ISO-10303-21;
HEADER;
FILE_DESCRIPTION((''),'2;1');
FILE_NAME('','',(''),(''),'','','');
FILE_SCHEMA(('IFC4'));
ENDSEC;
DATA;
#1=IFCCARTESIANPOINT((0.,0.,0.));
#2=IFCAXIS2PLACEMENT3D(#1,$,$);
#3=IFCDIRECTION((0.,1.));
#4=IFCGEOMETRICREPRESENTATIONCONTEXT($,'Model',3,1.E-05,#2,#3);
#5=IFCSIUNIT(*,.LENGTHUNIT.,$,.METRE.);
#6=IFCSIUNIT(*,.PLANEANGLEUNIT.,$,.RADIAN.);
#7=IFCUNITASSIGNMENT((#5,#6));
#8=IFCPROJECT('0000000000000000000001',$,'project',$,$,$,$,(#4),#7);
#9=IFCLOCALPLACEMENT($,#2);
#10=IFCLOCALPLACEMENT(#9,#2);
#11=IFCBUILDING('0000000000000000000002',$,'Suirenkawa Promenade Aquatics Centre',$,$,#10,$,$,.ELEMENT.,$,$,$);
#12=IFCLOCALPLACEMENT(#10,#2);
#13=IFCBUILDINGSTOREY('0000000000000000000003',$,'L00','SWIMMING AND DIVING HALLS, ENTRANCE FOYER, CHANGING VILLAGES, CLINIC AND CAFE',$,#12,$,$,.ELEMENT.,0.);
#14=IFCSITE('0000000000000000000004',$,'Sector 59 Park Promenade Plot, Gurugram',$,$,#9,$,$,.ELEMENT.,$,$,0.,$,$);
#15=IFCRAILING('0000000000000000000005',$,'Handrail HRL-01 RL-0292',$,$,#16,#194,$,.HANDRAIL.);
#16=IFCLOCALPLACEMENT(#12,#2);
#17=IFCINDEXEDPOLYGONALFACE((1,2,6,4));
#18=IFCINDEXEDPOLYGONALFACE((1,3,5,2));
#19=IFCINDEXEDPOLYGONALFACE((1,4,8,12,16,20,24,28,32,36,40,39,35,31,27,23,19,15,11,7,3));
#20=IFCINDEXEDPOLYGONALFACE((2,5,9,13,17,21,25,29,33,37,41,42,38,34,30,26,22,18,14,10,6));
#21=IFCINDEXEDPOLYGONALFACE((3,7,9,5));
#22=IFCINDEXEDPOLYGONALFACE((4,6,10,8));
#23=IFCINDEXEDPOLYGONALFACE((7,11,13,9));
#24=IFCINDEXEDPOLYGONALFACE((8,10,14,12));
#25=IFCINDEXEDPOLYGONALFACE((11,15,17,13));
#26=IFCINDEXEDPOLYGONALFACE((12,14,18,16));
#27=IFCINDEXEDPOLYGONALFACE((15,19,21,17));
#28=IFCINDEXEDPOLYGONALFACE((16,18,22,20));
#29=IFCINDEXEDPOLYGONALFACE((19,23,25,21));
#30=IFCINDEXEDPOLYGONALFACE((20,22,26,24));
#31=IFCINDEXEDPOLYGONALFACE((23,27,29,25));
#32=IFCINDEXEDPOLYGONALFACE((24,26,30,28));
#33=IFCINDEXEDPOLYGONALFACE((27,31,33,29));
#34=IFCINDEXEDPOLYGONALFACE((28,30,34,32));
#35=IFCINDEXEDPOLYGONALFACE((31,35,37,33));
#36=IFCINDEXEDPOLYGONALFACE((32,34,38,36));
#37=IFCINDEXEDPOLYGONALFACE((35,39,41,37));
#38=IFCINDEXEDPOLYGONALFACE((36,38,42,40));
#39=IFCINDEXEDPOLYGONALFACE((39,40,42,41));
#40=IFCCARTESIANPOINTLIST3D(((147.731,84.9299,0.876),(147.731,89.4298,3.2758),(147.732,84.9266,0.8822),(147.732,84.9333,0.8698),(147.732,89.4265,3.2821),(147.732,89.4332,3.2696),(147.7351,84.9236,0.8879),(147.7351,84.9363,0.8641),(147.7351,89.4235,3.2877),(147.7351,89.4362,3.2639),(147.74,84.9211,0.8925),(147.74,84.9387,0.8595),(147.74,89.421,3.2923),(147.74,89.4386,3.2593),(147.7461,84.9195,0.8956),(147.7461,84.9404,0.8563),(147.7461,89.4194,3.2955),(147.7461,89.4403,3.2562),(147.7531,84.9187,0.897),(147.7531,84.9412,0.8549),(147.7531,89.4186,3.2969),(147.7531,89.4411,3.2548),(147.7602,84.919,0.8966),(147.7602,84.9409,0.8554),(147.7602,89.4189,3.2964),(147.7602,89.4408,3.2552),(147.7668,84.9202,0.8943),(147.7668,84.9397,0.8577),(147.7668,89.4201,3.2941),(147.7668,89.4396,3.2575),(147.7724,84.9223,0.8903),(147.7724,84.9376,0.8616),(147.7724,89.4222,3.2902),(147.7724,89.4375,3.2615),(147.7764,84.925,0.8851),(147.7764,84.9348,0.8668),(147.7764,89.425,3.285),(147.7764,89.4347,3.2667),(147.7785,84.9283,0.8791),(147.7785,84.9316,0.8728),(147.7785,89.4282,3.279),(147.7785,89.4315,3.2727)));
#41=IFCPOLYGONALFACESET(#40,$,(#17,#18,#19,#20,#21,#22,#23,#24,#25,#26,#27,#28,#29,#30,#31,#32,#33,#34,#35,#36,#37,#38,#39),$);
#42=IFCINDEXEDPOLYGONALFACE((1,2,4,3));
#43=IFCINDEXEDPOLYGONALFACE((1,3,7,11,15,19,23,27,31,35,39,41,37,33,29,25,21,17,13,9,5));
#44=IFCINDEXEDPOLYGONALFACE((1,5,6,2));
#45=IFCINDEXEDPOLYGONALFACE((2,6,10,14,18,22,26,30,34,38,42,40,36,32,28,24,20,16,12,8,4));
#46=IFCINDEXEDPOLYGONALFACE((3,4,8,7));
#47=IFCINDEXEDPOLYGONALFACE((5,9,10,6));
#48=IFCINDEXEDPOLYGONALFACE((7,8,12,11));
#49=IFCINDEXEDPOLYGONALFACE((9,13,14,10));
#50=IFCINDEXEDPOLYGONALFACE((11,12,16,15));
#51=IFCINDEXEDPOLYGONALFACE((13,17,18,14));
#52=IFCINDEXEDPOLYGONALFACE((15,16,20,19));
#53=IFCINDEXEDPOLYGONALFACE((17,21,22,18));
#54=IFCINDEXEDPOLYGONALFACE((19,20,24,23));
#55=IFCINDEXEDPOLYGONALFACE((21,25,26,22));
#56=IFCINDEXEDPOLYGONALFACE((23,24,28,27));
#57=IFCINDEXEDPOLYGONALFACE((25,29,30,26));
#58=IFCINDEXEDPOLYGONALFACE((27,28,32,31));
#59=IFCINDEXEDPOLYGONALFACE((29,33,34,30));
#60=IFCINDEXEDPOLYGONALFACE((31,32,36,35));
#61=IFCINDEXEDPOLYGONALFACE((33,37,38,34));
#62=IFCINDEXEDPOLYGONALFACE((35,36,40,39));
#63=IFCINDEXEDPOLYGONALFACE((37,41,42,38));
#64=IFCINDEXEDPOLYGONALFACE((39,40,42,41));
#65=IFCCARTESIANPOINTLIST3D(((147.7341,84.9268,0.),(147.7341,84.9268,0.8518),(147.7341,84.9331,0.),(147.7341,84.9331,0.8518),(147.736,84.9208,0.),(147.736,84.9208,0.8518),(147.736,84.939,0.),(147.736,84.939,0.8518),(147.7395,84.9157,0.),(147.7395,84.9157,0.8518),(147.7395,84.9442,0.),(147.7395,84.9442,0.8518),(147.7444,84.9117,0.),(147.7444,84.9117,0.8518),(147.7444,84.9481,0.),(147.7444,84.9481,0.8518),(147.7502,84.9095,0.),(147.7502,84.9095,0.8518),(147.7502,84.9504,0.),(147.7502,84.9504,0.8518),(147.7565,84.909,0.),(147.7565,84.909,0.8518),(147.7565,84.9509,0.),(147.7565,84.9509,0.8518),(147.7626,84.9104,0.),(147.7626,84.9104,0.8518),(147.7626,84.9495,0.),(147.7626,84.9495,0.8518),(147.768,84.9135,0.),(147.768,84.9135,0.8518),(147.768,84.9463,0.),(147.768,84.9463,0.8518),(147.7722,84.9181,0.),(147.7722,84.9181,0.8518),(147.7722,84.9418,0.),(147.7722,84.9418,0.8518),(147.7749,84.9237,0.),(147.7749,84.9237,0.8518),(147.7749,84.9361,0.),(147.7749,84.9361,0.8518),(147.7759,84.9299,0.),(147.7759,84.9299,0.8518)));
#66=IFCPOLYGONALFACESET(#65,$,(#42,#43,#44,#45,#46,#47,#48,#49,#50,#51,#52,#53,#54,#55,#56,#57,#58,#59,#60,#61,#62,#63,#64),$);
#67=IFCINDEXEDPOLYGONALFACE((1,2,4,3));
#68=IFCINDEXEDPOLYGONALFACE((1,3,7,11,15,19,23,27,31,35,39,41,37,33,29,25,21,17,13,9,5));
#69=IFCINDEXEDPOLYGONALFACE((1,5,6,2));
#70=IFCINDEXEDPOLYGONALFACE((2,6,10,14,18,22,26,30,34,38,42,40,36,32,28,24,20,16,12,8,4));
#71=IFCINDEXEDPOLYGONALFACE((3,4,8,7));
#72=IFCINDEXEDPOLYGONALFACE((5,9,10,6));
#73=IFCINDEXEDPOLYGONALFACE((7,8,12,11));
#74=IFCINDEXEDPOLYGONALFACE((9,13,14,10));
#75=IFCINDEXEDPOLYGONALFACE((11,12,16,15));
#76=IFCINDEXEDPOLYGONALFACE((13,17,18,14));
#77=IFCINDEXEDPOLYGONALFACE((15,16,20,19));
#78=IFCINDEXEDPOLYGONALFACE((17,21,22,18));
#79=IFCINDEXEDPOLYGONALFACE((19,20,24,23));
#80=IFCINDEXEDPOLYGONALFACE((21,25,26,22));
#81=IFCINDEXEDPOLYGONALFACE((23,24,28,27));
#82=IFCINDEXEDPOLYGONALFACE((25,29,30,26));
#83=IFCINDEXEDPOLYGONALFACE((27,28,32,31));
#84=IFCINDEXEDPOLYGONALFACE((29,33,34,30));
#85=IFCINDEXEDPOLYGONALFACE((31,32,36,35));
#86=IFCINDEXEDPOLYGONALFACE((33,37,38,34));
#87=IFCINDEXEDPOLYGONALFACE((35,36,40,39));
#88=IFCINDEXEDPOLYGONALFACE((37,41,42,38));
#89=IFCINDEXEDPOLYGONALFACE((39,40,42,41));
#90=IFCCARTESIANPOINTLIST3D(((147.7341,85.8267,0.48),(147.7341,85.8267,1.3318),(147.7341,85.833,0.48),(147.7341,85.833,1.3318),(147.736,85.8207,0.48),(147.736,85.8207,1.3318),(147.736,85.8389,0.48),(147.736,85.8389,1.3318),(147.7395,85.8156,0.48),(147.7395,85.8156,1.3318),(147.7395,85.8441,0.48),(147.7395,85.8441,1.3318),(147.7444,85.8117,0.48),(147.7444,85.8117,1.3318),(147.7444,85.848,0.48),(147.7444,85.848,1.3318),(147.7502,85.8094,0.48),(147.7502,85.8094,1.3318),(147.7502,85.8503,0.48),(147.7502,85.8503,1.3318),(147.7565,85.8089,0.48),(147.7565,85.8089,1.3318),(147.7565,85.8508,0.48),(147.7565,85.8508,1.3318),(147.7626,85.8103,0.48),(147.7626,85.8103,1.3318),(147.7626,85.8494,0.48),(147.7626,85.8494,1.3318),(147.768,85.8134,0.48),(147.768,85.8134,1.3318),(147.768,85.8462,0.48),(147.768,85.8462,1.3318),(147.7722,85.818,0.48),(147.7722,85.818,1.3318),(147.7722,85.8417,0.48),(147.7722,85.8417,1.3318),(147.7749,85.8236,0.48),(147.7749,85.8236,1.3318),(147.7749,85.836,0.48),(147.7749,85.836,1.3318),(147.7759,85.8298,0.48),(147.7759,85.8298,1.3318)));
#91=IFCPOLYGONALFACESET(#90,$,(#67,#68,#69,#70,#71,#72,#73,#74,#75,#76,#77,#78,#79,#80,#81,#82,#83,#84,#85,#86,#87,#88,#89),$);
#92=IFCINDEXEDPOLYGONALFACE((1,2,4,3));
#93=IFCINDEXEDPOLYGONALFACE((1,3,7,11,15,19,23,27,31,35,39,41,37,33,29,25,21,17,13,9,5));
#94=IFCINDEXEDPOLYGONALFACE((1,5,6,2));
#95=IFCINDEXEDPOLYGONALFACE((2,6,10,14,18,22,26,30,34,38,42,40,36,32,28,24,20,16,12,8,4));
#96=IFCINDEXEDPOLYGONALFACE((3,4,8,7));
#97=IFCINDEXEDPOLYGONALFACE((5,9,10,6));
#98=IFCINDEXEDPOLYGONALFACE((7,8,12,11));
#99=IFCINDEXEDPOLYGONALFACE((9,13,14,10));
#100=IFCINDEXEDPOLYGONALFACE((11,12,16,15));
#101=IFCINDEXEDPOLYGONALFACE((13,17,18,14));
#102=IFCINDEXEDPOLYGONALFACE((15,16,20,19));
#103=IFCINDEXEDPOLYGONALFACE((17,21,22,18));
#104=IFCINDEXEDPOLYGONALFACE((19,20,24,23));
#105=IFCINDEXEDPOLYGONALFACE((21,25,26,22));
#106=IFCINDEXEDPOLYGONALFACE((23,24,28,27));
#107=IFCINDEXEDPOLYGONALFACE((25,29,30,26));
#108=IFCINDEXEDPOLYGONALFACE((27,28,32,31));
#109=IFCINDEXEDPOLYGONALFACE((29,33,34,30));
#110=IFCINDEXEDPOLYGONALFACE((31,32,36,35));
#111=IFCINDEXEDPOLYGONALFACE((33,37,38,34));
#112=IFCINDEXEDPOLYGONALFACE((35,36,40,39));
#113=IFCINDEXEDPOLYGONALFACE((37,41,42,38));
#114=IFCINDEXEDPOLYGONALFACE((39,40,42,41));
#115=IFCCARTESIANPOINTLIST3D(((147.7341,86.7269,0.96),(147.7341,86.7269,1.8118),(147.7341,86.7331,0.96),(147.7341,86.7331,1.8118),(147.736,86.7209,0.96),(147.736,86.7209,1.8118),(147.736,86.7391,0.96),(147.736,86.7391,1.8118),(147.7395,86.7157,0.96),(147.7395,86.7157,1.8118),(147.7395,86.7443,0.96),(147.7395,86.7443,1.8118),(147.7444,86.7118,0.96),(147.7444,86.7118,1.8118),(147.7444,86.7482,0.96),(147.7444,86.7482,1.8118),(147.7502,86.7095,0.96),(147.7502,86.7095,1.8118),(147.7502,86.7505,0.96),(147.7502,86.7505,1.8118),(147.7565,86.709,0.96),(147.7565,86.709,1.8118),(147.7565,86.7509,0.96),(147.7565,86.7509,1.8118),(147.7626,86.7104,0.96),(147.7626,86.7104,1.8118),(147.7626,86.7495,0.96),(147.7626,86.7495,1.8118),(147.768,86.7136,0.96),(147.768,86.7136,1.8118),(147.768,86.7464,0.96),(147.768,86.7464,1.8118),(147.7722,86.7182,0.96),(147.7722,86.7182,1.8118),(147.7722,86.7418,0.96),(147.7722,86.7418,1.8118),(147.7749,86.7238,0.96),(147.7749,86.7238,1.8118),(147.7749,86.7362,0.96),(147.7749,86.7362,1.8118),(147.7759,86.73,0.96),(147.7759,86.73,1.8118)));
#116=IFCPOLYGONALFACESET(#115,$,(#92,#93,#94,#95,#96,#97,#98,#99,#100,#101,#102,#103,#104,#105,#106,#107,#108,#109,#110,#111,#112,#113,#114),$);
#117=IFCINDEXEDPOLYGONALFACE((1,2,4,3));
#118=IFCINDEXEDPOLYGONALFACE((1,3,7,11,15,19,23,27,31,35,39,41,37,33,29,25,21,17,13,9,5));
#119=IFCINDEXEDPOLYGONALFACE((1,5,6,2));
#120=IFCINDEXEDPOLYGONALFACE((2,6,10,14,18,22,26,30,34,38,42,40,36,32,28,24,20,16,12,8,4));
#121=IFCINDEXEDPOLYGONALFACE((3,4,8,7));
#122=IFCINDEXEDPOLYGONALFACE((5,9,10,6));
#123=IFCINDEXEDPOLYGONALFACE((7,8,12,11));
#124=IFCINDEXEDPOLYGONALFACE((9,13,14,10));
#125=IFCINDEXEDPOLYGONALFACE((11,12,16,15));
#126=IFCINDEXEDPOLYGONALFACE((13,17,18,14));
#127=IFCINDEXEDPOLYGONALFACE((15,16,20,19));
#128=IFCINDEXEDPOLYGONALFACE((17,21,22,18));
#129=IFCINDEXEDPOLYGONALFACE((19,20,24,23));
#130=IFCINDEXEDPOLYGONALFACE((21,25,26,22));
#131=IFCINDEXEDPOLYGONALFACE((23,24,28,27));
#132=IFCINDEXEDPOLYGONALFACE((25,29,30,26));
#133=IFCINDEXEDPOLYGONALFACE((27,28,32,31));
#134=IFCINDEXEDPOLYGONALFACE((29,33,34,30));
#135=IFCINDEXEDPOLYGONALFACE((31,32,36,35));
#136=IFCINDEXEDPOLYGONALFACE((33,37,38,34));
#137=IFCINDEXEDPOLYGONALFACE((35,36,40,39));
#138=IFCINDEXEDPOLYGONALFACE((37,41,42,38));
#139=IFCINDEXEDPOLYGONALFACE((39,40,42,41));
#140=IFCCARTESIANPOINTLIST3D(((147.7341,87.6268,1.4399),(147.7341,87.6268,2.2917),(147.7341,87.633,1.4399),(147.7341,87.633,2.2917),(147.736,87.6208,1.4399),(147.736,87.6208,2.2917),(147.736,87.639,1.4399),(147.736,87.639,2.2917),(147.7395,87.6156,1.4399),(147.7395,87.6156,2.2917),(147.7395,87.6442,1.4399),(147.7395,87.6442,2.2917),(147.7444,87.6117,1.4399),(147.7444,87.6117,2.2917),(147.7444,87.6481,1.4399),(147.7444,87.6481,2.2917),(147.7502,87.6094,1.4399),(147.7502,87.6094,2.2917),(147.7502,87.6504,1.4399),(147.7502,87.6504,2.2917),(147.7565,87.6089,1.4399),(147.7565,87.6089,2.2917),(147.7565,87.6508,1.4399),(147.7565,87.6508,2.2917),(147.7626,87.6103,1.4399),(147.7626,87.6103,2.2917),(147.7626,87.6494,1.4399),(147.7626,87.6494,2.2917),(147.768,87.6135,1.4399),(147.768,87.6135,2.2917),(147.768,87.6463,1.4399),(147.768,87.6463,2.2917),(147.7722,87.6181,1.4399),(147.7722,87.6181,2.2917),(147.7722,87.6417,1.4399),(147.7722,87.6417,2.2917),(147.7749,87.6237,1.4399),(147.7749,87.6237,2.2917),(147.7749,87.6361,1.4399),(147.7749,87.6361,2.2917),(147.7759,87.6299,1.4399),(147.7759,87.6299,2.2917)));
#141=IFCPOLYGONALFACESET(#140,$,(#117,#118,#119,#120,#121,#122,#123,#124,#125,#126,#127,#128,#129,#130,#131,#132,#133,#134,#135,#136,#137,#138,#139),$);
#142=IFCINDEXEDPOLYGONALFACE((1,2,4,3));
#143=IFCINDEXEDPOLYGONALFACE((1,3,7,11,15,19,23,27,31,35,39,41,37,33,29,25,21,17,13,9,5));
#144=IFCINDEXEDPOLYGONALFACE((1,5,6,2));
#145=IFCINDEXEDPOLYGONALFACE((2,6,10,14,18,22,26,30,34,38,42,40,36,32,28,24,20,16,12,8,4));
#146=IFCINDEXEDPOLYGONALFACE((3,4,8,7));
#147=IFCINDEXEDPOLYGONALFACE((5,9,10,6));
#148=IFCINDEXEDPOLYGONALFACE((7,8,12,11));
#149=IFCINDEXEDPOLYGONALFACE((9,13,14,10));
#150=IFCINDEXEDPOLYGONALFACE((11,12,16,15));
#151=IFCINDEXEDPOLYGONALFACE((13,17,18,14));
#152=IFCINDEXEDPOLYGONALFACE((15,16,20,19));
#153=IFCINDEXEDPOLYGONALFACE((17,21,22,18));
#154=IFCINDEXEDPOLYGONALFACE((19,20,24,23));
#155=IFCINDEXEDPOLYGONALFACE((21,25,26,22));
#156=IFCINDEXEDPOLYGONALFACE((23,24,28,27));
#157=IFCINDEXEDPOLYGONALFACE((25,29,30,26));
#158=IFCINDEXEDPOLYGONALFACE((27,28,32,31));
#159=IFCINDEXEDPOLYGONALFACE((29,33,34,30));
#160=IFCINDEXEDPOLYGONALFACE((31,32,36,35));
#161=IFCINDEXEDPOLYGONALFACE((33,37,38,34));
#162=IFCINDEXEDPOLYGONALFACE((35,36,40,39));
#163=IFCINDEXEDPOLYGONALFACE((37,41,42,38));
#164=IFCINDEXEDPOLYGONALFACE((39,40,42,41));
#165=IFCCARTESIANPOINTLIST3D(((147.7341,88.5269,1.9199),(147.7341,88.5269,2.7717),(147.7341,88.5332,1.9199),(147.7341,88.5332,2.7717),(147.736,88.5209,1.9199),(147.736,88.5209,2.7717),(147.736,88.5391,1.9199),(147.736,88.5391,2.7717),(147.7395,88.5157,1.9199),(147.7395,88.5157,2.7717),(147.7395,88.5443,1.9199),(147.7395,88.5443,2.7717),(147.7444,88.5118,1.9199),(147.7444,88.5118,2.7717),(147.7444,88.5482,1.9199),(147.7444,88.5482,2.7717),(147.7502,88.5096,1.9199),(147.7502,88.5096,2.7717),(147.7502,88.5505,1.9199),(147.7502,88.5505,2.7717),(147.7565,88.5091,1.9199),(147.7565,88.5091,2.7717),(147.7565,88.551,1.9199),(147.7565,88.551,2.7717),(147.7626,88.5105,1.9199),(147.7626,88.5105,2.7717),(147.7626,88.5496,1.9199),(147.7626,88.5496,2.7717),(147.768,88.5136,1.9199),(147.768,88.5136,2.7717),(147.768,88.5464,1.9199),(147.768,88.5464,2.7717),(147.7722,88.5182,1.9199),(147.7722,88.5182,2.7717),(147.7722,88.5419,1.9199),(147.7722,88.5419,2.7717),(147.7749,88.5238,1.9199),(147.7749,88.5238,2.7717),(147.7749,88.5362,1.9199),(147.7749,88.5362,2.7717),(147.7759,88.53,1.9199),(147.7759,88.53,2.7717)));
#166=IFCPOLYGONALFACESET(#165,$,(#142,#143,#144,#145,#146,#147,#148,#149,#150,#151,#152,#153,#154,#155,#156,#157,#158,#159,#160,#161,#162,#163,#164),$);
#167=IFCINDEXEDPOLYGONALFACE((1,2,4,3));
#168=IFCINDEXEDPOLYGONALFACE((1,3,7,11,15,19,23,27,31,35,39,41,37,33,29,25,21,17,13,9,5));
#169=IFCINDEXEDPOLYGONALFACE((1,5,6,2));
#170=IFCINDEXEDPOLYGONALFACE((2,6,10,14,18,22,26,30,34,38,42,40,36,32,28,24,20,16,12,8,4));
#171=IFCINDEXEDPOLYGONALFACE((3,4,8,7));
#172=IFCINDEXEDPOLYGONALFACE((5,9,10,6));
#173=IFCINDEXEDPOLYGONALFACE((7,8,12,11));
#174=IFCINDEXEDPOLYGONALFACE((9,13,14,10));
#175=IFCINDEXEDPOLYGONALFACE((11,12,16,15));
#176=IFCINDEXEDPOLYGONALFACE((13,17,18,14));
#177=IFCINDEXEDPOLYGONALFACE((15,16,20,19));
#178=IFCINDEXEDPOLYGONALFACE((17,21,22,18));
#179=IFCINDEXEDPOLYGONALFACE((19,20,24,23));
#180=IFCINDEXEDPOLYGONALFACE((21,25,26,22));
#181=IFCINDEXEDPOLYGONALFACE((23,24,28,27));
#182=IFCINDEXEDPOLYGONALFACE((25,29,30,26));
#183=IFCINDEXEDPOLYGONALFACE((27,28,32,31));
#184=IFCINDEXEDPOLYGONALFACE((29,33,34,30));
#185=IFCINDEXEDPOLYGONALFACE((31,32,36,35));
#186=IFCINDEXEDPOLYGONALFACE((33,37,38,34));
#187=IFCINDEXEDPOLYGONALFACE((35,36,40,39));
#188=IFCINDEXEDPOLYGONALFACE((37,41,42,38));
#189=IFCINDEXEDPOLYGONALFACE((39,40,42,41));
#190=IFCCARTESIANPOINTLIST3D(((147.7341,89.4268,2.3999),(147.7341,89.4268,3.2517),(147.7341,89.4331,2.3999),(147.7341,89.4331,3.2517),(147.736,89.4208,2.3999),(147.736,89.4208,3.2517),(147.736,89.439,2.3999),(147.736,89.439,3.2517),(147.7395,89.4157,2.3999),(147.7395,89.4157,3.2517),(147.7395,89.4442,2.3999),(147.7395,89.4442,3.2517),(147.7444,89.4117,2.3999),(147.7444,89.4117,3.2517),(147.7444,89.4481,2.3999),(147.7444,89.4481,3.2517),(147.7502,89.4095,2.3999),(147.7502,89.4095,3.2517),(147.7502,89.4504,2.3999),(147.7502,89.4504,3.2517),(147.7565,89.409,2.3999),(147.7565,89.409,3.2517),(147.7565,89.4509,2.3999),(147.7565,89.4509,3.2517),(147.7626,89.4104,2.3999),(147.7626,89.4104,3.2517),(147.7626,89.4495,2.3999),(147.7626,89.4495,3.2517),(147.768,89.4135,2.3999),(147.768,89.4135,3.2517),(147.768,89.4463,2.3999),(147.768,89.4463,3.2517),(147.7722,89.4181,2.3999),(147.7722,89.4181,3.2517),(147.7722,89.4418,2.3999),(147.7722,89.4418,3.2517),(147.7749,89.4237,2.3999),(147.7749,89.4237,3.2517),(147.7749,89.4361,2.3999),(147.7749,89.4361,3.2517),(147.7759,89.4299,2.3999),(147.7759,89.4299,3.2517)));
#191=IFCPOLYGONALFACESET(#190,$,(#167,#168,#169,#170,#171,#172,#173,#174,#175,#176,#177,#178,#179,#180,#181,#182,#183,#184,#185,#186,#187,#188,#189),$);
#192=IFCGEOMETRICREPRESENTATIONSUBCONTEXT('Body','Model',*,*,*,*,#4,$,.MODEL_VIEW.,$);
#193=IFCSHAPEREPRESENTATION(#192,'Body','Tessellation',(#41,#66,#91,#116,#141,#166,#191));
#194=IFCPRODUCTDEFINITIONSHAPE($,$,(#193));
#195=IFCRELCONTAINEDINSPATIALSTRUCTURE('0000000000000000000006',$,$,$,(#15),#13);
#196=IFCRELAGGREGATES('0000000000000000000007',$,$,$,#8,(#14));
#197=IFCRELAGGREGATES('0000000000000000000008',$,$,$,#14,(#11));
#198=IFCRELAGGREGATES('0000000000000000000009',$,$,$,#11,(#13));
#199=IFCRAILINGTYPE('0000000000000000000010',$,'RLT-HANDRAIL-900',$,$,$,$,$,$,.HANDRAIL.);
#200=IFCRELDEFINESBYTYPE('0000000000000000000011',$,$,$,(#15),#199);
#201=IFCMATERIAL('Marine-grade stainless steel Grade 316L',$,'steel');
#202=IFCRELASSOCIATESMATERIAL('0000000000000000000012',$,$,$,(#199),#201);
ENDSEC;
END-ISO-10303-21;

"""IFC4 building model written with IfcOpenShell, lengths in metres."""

from ifc_helpers import new_model, si_unit, direction, frame, origin, origin_2d, place, context, subcontext, project, spatial, circle, extrude, material, type_object, element, save


model = new_model("IFC4")

# Units and contexts
model_context = context("Model", 3, precision=1e-05, world=origin(), true_north=direction((0.0, 1.0)))
body_context = subcontext(model_context, "Body", "Model", "MODEL_VIEW")
ifc_project = project(units=[si_unit("LENGTHUNIT", "METRE"), si_unit("PLANEANGLEUNIT", "RADIAN")], contexts=[model_context])

# Site, building, storey
site_placement = place(None, origin())
site = spatial("IfcSite", under=ifc_project, at=site_placement, Name="Sector 59 Park Promenade Plot, Gurugram", CompositionType="ELEMENT", RefElevation=0.0)
building_placement = place(site_placement, origin())
building = spatial("IfcBuilding", under=site, at=building_placement, Name="Suirenkawa Promenade Aquatics Centre", CompositionType="ELEMENT")
storey_placement = place(building_placement, origin())
storey = spatial("IfcBuildingStorey", under=building, at=storey_placement, Name="L00", Description="SWIMMING AND DIVING HALLS, ENTRANCE FOYER, CHANGING VILLAGES, CLINIC AND CAFE", CompositionType="ELEMENT", Elevation=0.0)

# Railing
ifc_material_1 = material(Name="Marine-grade stainless steel Grade 316L", Category="steel")
railing_type_1 = type_object("IfcRailingType", Name="RLT-HANDRAIL-900", PredefinedType="HANDRAIL", material=ifc_material_1)
for number, where, name in (
    (1, (147.7549, 84.9299, 0.0), "Handrail HRL-01 RL-0292"),
):
    element("IfcRailing", number, at=place(storey_placement, frame(where)), inside=storey, type_object=railing_type_1, Name=name, PredefinedType="HANDRAIL", context=body_context, shape_type="SweptSolid", body=[
        extrude(circle(Radius=0.0239, at=origin_2d()), frame((0.0, 0.0, 0.876), z_axis=(0.0, 0.882361, 0.470573), x_axis=(-1.0, 0.0, 0.0)), (0.0, 0.0, 1.0), 5.0999),
        extrude(circle(Radius=0.021, at=origin_2d()), origin(), (0.0, 0.0, 1.0), 0.8518),
        extrude(circle(Radius=0.021, at=origin_2d()), frame((0.0, 0.8999, 0.48)), (0.0, 0.0, 1.0), 0.8518),
        extrude(circle(Radius=0.021, at=origin_2d()), frame((0.0, 1.8, 0.96)), (0.0, 0.0, 1.0), 0.8518),
        extrude(circle(Radius=0.021, at=origin_2d()), frame((0.0, 2.7, 1.4399)), (0.0, 0.0, 1.0), 0.8518),
        extrude(circle(Radius=0.021, at=origin_2d()), frame((0.0, 3.6001, 1.9199)), (0.0, 0.0, 1.0), 0.8518),
        extrude(circle(Radius=0.021, at=origin_2d()), frame((0.0, 4.5, 2.3999)), (0.0, 0.0, 1.0), 0.8518),
    ])

save(model, "model.ifc")
